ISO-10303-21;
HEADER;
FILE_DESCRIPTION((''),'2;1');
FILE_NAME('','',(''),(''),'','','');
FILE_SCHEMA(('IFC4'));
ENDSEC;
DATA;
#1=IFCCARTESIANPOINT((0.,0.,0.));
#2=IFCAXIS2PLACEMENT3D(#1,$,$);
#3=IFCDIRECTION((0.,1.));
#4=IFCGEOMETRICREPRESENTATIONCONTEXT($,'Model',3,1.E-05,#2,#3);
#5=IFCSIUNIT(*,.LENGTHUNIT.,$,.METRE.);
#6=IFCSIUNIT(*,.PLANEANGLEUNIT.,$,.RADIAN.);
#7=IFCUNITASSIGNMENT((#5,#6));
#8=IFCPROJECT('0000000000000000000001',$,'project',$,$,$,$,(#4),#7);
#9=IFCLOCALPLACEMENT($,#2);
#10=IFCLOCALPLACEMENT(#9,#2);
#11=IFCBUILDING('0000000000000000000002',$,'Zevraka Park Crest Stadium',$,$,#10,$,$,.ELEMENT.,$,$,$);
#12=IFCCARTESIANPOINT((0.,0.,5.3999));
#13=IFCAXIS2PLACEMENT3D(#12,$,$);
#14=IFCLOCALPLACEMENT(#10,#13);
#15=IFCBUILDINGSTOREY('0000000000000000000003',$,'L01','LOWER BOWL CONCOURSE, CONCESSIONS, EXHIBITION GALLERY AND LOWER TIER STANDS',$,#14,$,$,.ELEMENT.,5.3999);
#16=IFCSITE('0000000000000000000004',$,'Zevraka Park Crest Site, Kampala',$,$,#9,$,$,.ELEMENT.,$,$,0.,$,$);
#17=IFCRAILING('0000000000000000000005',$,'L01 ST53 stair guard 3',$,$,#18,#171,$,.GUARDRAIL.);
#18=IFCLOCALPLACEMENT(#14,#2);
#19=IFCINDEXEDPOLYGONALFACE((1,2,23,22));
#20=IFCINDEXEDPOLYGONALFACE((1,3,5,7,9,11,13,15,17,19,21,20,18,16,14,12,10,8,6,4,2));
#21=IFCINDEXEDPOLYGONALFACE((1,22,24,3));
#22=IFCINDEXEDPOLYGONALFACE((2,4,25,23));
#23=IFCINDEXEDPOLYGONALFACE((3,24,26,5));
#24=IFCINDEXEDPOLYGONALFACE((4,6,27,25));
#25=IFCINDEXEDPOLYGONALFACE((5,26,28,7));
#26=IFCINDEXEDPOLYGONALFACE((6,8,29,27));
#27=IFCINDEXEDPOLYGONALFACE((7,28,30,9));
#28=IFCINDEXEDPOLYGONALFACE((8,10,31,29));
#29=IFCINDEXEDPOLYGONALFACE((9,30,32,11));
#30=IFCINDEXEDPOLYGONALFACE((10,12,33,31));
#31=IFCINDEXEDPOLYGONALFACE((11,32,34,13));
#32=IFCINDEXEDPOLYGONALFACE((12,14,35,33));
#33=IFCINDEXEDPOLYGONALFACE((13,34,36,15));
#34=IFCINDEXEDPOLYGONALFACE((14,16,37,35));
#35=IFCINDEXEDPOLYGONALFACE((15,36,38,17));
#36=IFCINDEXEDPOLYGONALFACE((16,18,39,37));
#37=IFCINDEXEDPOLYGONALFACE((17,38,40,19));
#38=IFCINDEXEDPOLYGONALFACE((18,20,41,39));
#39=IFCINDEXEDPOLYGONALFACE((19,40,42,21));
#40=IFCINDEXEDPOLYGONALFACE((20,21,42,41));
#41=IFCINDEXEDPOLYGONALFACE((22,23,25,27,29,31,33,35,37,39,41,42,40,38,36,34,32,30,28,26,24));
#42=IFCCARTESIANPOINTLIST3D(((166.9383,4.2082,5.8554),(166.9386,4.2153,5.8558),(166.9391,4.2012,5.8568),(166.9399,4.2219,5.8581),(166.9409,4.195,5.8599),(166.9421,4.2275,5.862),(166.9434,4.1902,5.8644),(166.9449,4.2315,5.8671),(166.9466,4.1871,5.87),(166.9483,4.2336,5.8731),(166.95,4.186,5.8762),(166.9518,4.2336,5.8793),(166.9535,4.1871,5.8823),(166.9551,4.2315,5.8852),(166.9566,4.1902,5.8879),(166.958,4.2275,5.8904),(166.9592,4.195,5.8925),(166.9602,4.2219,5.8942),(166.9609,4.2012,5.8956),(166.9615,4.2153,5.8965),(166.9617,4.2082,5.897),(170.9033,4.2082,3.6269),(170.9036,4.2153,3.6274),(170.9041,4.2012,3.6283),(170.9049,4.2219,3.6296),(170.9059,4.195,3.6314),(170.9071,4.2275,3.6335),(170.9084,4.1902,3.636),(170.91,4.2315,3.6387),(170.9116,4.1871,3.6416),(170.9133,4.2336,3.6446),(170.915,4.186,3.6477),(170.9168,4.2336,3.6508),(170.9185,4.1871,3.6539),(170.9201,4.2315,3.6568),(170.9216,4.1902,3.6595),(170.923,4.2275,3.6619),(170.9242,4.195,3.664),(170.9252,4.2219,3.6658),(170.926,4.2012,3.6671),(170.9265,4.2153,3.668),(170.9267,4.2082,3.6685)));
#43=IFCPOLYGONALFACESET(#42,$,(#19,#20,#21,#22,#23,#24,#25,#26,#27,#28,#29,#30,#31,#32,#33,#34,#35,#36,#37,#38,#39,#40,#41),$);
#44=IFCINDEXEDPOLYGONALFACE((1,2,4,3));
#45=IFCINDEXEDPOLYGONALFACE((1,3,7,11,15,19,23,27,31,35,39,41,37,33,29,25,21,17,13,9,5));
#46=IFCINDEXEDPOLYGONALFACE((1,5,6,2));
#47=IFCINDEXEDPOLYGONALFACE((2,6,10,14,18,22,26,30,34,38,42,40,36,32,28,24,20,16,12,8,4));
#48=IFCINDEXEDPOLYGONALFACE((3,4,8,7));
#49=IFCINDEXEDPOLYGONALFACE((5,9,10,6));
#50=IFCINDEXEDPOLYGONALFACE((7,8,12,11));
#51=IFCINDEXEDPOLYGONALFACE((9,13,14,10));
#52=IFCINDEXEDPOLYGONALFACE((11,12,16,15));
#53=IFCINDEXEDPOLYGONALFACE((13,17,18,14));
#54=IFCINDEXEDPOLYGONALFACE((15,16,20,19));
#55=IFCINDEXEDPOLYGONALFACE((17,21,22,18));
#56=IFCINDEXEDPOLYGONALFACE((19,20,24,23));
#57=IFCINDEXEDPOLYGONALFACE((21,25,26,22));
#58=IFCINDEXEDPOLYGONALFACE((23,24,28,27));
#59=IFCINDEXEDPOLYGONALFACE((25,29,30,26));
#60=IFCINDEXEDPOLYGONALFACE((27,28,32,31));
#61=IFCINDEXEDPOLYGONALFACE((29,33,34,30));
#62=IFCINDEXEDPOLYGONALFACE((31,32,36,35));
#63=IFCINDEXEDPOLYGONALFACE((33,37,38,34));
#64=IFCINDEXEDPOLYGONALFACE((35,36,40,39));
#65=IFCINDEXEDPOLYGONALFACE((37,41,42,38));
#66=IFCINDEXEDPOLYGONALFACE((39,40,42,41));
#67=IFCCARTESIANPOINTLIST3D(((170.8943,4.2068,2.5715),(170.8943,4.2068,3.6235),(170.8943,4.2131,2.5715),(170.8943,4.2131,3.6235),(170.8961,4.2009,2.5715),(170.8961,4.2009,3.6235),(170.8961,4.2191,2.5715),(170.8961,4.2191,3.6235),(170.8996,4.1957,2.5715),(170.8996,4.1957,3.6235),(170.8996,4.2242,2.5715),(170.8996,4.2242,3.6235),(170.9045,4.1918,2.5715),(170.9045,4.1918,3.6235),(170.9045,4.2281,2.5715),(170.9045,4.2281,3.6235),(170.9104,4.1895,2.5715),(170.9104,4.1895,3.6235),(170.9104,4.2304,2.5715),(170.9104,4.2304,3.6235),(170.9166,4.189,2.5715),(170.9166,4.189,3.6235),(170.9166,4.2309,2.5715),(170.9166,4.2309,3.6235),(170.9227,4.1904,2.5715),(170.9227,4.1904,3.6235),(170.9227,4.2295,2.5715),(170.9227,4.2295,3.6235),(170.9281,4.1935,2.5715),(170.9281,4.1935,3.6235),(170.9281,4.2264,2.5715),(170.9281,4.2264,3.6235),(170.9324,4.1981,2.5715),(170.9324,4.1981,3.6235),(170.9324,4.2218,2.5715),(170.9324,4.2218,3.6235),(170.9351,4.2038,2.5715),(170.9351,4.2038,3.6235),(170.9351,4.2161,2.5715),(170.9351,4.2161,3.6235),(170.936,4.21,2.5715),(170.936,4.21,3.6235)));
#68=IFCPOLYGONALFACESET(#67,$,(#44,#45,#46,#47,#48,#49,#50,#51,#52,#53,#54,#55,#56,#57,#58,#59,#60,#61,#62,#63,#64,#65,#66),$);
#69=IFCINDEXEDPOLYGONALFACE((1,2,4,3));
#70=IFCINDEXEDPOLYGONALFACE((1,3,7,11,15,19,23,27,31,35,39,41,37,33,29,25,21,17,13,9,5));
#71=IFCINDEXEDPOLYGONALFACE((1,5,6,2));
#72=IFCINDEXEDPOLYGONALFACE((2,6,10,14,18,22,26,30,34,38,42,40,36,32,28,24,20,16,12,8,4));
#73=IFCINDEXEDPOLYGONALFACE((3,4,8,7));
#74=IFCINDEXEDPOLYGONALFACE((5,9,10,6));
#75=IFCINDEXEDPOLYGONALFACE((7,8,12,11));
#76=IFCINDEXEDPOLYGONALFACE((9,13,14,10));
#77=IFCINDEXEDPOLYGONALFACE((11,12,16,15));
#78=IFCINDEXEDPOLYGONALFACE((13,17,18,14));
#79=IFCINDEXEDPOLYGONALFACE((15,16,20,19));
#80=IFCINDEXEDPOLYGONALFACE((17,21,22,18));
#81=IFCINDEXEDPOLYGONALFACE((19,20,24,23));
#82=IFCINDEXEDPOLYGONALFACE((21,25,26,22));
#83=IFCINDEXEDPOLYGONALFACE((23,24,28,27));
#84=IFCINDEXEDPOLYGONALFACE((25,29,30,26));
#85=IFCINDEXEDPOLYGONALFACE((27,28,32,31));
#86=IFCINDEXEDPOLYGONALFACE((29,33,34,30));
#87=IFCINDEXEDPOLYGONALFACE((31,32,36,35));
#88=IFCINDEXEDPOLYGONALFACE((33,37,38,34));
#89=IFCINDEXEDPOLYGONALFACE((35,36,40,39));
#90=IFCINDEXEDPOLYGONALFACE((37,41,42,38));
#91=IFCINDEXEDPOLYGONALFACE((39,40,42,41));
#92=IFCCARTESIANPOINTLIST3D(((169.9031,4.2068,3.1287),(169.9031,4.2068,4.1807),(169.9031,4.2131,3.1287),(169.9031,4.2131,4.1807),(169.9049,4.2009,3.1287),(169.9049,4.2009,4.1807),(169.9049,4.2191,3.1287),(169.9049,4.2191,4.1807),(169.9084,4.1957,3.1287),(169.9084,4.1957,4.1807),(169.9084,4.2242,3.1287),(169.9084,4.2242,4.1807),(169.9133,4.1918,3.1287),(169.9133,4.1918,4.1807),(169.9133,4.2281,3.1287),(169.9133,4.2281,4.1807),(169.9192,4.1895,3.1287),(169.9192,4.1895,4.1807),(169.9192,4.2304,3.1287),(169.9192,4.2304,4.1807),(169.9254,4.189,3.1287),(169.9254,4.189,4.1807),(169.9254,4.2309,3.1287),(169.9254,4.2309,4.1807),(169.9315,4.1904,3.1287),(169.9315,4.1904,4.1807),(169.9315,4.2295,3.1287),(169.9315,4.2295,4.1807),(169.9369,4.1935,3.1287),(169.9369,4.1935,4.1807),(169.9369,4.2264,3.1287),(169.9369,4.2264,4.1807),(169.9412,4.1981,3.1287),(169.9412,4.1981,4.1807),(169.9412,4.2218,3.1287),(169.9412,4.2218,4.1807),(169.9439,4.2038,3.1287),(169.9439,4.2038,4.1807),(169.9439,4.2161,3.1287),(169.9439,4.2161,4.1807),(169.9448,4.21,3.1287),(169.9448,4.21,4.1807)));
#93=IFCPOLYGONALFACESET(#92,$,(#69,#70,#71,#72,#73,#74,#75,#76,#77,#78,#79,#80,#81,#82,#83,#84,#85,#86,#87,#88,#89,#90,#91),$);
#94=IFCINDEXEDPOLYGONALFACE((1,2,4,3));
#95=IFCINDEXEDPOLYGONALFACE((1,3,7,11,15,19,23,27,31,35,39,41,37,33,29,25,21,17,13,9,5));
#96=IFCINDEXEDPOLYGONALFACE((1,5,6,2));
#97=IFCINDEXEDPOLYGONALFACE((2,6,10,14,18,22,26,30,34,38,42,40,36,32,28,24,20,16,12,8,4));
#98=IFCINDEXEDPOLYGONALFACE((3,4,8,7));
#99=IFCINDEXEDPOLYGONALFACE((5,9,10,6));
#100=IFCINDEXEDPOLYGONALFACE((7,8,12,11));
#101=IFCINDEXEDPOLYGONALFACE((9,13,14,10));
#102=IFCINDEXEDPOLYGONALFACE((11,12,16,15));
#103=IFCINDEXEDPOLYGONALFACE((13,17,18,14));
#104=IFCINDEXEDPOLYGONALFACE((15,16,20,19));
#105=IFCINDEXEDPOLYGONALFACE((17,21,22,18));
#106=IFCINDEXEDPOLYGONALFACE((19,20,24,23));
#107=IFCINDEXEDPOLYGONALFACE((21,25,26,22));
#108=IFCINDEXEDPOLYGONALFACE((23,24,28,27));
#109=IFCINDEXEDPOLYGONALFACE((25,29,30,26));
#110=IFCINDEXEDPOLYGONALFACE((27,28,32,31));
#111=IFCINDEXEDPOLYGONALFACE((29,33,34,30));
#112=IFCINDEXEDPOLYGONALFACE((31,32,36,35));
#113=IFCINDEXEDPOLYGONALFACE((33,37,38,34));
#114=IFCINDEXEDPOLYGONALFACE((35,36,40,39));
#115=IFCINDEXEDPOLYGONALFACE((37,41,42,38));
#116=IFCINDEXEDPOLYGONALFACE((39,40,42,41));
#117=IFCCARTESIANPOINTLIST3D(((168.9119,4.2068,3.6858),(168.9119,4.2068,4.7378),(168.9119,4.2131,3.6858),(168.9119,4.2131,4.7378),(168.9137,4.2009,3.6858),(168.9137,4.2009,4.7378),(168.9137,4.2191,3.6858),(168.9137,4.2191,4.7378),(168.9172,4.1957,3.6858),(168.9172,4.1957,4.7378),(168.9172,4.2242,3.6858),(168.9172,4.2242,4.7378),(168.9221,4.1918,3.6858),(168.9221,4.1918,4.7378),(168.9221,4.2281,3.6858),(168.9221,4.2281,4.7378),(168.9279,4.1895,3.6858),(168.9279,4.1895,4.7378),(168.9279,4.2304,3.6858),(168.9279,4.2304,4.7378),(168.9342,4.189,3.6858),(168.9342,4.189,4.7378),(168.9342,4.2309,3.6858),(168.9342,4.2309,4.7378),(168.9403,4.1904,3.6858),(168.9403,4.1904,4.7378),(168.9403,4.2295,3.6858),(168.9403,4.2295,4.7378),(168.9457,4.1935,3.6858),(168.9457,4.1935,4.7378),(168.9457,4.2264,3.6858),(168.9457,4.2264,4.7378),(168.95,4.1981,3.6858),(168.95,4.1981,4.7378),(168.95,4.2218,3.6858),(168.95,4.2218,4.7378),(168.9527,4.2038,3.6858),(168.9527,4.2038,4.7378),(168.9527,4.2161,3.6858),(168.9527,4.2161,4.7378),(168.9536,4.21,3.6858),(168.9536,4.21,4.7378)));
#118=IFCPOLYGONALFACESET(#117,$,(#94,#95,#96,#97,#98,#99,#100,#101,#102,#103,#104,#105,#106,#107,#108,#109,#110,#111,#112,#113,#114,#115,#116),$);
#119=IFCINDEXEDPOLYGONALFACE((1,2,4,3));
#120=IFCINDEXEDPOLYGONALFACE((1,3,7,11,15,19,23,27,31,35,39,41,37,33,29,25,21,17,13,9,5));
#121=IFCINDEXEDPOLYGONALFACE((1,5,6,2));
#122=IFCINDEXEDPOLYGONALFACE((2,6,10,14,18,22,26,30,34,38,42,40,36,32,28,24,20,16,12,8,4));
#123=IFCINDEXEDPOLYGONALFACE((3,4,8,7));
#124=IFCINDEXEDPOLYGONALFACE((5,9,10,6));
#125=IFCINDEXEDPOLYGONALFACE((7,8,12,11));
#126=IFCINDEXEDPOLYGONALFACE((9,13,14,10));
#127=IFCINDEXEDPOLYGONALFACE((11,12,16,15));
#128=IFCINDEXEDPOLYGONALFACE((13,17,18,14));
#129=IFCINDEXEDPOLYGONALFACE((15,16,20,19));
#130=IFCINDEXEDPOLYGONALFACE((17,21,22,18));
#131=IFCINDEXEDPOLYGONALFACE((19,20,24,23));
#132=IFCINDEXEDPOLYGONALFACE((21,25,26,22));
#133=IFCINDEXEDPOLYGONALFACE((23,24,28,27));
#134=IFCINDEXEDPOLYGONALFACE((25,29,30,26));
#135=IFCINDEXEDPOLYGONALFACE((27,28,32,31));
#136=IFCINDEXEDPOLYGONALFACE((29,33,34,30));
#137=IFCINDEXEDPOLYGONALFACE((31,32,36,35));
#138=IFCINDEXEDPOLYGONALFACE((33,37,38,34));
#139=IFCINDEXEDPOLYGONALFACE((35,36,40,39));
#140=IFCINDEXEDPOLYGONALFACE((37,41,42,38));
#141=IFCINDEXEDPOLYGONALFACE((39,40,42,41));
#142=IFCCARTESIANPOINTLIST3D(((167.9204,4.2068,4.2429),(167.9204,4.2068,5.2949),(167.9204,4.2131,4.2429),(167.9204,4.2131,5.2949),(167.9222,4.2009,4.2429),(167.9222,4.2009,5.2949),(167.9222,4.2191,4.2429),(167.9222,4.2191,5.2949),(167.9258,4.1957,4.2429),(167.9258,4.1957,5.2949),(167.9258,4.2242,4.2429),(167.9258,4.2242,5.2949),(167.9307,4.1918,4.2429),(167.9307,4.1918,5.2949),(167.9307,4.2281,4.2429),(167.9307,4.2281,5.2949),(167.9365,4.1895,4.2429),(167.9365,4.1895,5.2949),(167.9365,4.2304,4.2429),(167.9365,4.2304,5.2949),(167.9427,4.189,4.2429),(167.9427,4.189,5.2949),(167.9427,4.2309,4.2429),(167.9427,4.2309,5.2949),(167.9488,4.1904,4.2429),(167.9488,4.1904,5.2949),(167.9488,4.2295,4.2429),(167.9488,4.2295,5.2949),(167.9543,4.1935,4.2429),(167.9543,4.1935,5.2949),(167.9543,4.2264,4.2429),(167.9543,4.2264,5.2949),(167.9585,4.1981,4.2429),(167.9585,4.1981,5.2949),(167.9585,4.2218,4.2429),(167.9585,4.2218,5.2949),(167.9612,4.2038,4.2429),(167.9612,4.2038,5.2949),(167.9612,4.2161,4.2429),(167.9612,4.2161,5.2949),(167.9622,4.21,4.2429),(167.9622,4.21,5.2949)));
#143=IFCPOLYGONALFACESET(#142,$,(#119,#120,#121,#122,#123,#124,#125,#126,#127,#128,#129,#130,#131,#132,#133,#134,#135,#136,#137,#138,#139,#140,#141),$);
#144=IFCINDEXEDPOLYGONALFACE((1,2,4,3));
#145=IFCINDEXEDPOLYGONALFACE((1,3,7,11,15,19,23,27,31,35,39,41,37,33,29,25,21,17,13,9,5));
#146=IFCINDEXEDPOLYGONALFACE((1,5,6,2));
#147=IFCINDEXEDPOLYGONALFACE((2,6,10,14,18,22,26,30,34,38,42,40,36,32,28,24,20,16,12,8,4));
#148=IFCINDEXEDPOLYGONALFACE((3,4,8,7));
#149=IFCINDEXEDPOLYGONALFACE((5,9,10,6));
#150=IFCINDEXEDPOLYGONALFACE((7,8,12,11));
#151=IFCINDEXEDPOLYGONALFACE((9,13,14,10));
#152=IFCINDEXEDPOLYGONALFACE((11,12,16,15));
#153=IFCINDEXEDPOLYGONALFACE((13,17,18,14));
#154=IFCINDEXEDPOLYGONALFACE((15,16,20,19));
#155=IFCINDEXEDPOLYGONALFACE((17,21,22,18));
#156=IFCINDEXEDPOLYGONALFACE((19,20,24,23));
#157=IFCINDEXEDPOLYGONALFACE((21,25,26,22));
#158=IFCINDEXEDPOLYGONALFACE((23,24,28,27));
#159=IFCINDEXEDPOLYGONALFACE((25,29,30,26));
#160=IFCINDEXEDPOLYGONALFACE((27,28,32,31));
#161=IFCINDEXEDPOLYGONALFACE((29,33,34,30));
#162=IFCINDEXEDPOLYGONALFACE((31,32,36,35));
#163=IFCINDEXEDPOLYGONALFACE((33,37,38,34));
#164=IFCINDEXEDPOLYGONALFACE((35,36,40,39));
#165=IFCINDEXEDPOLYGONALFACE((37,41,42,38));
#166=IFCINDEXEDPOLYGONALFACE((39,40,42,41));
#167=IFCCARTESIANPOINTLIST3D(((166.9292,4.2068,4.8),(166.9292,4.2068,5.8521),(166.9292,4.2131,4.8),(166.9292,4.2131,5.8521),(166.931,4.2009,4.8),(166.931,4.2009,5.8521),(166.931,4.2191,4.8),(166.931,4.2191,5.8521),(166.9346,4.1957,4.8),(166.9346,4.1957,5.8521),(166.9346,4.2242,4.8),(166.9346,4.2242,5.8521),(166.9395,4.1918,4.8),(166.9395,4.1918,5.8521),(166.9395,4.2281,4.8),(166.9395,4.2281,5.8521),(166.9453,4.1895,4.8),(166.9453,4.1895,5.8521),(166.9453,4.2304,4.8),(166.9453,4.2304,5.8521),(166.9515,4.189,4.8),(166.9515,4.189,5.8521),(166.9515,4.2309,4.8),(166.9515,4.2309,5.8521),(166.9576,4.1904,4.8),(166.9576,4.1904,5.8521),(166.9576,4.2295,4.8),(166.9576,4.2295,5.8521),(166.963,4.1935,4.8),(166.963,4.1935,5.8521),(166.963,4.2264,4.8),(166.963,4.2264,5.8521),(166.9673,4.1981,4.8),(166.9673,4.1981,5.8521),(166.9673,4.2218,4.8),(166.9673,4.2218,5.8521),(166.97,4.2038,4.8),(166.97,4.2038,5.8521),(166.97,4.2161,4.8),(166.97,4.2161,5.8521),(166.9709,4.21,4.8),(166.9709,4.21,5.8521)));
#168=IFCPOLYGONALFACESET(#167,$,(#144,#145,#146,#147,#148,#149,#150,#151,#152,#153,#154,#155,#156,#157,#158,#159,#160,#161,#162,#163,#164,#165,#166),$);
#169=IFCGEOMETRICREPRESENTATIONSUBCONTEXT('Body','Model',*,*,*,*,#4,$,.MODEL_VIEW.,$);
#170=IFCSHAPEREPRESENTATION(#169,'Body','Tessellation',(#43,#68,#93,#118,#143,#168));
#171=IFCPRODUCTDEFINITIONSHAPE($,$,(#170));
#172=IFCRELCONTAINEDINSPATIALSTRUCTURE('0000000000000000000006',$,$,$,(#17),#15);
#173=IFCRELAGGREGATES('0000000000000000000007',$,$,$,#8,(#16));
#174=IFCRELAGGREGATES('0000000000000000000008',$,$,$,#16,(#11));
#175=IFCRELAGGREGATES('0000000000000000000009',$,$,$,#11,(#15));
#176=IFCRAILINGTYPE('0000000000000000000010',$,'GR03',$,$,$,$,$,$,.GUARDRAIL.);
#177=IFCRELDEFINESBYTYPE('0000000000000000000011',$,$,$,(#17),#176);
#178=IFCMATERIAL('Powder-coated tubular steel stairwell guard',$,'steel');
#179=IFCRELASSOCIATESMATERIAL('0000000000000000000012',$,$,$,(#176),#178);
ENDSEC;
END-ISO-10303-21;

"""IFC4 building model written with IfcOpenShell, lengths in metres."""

from ifc_helpers import new_model, si_unit, direction, frame, origin, origin_2d, place, context, subcontext, project, spatial, circle, extrude, material, type_object, element, save


model = new_model("IFC4")

# Units and contexts
model_context = context("Model", 3, precision=1e-05, world=origin(), true_north=direction((0.0, 1.0)))
body_context = subcontext(model_context, "Body", "Model", "MODEL_VIEW")
ifc_project = project(units=[si_unit("LENGTHUNIT", "METRE"), si_unit("PLANEANGLEUNIT", "RADIAN")], contexts=[model_context])

# Site, building, storey
site_placement = place(None, origin())
site = spatial("IfcSite", under=ifc_project, at=site_placement, Name="Zevraka Park Crest Site, Kampala", CompositionType="ELEMENT", RefElevation=0.0)
building_placement = place(site_placement, origin())
building = spatial("IfcBuilding", under=site, at=building_placement, Name="Zevraka Park Crest Stadium", CompositionType="ELEMENT")
storey_placement = place(building_placement, frame((0.0, 0.0, 5.3999)))
storey = spatial("IfcBuildingStorey", under=building, at=storey_placement, Name="L01", Description="LOWER BOWL CONCOURSE, CONCESSIONS, EXHIBITION GALLERY AND LOWER TIER STANDS", CompositionType="ELEMENT", Elevation=5.3999)

# Railing
ifc_material_1 = material(Name="Powder-coated tubular steel stairwell guard", Category="steel")
railing_type_1 = type_object("IfcRailingType", Name="GR03", PredefinedType="GUARDRAIL", material=ifc_material_1)
railing_1_placement = place(storey_placement, frame((170.915, 4.21, 2.5715)))
element("IfcRailing", 1, at=railing_1_placement, inside=storey, type_object=railing_type_1, Name="L01 ST53 stair guard 3", PredefinedType="GUARDRAIL", context=body_context, shape_type="SweptSolid", body=[
    extrude(circle(Radius=0.0239, at=origin_2d()), frame((0.0, 0.0, 1.0762), z_axis=(-0.871749, 0.0, 0.489953), x_axis=(0.0, -1.0, 0.0)), (0.0, 0.0, 1.0), 4.5483),
    extrude(circle(Radius=0.021, at=origin_2d()), origin(), (0.0, 0.0, 1.0), 1.052),
    extrude(circle(Radius=0.021, at=origin_2d()), frame((-0.9912, 0.0, 0.5571)), (0.0, 0.0, 1.0), 1.052),
    extrude(circle(Radius=0.021, at=origin_2d()), frame((-1.9824, 0.0, 1.1143)), (0.0, 0.0, 1.0), 1.052),
    extrude(circle(Radius=0.021, at=origin_2d()), frame((-2.9739, 0.0, 1.6714)), (0.0, 0.0, 1.0), 1.052),
    extrude(circle(Radius=0.021, at=origin_2d()), frame((-3.9651, 0.0, 2.2285)), (0.0, 0.0, 1.0), 1.052),
])

save(model, "model.ifc")
